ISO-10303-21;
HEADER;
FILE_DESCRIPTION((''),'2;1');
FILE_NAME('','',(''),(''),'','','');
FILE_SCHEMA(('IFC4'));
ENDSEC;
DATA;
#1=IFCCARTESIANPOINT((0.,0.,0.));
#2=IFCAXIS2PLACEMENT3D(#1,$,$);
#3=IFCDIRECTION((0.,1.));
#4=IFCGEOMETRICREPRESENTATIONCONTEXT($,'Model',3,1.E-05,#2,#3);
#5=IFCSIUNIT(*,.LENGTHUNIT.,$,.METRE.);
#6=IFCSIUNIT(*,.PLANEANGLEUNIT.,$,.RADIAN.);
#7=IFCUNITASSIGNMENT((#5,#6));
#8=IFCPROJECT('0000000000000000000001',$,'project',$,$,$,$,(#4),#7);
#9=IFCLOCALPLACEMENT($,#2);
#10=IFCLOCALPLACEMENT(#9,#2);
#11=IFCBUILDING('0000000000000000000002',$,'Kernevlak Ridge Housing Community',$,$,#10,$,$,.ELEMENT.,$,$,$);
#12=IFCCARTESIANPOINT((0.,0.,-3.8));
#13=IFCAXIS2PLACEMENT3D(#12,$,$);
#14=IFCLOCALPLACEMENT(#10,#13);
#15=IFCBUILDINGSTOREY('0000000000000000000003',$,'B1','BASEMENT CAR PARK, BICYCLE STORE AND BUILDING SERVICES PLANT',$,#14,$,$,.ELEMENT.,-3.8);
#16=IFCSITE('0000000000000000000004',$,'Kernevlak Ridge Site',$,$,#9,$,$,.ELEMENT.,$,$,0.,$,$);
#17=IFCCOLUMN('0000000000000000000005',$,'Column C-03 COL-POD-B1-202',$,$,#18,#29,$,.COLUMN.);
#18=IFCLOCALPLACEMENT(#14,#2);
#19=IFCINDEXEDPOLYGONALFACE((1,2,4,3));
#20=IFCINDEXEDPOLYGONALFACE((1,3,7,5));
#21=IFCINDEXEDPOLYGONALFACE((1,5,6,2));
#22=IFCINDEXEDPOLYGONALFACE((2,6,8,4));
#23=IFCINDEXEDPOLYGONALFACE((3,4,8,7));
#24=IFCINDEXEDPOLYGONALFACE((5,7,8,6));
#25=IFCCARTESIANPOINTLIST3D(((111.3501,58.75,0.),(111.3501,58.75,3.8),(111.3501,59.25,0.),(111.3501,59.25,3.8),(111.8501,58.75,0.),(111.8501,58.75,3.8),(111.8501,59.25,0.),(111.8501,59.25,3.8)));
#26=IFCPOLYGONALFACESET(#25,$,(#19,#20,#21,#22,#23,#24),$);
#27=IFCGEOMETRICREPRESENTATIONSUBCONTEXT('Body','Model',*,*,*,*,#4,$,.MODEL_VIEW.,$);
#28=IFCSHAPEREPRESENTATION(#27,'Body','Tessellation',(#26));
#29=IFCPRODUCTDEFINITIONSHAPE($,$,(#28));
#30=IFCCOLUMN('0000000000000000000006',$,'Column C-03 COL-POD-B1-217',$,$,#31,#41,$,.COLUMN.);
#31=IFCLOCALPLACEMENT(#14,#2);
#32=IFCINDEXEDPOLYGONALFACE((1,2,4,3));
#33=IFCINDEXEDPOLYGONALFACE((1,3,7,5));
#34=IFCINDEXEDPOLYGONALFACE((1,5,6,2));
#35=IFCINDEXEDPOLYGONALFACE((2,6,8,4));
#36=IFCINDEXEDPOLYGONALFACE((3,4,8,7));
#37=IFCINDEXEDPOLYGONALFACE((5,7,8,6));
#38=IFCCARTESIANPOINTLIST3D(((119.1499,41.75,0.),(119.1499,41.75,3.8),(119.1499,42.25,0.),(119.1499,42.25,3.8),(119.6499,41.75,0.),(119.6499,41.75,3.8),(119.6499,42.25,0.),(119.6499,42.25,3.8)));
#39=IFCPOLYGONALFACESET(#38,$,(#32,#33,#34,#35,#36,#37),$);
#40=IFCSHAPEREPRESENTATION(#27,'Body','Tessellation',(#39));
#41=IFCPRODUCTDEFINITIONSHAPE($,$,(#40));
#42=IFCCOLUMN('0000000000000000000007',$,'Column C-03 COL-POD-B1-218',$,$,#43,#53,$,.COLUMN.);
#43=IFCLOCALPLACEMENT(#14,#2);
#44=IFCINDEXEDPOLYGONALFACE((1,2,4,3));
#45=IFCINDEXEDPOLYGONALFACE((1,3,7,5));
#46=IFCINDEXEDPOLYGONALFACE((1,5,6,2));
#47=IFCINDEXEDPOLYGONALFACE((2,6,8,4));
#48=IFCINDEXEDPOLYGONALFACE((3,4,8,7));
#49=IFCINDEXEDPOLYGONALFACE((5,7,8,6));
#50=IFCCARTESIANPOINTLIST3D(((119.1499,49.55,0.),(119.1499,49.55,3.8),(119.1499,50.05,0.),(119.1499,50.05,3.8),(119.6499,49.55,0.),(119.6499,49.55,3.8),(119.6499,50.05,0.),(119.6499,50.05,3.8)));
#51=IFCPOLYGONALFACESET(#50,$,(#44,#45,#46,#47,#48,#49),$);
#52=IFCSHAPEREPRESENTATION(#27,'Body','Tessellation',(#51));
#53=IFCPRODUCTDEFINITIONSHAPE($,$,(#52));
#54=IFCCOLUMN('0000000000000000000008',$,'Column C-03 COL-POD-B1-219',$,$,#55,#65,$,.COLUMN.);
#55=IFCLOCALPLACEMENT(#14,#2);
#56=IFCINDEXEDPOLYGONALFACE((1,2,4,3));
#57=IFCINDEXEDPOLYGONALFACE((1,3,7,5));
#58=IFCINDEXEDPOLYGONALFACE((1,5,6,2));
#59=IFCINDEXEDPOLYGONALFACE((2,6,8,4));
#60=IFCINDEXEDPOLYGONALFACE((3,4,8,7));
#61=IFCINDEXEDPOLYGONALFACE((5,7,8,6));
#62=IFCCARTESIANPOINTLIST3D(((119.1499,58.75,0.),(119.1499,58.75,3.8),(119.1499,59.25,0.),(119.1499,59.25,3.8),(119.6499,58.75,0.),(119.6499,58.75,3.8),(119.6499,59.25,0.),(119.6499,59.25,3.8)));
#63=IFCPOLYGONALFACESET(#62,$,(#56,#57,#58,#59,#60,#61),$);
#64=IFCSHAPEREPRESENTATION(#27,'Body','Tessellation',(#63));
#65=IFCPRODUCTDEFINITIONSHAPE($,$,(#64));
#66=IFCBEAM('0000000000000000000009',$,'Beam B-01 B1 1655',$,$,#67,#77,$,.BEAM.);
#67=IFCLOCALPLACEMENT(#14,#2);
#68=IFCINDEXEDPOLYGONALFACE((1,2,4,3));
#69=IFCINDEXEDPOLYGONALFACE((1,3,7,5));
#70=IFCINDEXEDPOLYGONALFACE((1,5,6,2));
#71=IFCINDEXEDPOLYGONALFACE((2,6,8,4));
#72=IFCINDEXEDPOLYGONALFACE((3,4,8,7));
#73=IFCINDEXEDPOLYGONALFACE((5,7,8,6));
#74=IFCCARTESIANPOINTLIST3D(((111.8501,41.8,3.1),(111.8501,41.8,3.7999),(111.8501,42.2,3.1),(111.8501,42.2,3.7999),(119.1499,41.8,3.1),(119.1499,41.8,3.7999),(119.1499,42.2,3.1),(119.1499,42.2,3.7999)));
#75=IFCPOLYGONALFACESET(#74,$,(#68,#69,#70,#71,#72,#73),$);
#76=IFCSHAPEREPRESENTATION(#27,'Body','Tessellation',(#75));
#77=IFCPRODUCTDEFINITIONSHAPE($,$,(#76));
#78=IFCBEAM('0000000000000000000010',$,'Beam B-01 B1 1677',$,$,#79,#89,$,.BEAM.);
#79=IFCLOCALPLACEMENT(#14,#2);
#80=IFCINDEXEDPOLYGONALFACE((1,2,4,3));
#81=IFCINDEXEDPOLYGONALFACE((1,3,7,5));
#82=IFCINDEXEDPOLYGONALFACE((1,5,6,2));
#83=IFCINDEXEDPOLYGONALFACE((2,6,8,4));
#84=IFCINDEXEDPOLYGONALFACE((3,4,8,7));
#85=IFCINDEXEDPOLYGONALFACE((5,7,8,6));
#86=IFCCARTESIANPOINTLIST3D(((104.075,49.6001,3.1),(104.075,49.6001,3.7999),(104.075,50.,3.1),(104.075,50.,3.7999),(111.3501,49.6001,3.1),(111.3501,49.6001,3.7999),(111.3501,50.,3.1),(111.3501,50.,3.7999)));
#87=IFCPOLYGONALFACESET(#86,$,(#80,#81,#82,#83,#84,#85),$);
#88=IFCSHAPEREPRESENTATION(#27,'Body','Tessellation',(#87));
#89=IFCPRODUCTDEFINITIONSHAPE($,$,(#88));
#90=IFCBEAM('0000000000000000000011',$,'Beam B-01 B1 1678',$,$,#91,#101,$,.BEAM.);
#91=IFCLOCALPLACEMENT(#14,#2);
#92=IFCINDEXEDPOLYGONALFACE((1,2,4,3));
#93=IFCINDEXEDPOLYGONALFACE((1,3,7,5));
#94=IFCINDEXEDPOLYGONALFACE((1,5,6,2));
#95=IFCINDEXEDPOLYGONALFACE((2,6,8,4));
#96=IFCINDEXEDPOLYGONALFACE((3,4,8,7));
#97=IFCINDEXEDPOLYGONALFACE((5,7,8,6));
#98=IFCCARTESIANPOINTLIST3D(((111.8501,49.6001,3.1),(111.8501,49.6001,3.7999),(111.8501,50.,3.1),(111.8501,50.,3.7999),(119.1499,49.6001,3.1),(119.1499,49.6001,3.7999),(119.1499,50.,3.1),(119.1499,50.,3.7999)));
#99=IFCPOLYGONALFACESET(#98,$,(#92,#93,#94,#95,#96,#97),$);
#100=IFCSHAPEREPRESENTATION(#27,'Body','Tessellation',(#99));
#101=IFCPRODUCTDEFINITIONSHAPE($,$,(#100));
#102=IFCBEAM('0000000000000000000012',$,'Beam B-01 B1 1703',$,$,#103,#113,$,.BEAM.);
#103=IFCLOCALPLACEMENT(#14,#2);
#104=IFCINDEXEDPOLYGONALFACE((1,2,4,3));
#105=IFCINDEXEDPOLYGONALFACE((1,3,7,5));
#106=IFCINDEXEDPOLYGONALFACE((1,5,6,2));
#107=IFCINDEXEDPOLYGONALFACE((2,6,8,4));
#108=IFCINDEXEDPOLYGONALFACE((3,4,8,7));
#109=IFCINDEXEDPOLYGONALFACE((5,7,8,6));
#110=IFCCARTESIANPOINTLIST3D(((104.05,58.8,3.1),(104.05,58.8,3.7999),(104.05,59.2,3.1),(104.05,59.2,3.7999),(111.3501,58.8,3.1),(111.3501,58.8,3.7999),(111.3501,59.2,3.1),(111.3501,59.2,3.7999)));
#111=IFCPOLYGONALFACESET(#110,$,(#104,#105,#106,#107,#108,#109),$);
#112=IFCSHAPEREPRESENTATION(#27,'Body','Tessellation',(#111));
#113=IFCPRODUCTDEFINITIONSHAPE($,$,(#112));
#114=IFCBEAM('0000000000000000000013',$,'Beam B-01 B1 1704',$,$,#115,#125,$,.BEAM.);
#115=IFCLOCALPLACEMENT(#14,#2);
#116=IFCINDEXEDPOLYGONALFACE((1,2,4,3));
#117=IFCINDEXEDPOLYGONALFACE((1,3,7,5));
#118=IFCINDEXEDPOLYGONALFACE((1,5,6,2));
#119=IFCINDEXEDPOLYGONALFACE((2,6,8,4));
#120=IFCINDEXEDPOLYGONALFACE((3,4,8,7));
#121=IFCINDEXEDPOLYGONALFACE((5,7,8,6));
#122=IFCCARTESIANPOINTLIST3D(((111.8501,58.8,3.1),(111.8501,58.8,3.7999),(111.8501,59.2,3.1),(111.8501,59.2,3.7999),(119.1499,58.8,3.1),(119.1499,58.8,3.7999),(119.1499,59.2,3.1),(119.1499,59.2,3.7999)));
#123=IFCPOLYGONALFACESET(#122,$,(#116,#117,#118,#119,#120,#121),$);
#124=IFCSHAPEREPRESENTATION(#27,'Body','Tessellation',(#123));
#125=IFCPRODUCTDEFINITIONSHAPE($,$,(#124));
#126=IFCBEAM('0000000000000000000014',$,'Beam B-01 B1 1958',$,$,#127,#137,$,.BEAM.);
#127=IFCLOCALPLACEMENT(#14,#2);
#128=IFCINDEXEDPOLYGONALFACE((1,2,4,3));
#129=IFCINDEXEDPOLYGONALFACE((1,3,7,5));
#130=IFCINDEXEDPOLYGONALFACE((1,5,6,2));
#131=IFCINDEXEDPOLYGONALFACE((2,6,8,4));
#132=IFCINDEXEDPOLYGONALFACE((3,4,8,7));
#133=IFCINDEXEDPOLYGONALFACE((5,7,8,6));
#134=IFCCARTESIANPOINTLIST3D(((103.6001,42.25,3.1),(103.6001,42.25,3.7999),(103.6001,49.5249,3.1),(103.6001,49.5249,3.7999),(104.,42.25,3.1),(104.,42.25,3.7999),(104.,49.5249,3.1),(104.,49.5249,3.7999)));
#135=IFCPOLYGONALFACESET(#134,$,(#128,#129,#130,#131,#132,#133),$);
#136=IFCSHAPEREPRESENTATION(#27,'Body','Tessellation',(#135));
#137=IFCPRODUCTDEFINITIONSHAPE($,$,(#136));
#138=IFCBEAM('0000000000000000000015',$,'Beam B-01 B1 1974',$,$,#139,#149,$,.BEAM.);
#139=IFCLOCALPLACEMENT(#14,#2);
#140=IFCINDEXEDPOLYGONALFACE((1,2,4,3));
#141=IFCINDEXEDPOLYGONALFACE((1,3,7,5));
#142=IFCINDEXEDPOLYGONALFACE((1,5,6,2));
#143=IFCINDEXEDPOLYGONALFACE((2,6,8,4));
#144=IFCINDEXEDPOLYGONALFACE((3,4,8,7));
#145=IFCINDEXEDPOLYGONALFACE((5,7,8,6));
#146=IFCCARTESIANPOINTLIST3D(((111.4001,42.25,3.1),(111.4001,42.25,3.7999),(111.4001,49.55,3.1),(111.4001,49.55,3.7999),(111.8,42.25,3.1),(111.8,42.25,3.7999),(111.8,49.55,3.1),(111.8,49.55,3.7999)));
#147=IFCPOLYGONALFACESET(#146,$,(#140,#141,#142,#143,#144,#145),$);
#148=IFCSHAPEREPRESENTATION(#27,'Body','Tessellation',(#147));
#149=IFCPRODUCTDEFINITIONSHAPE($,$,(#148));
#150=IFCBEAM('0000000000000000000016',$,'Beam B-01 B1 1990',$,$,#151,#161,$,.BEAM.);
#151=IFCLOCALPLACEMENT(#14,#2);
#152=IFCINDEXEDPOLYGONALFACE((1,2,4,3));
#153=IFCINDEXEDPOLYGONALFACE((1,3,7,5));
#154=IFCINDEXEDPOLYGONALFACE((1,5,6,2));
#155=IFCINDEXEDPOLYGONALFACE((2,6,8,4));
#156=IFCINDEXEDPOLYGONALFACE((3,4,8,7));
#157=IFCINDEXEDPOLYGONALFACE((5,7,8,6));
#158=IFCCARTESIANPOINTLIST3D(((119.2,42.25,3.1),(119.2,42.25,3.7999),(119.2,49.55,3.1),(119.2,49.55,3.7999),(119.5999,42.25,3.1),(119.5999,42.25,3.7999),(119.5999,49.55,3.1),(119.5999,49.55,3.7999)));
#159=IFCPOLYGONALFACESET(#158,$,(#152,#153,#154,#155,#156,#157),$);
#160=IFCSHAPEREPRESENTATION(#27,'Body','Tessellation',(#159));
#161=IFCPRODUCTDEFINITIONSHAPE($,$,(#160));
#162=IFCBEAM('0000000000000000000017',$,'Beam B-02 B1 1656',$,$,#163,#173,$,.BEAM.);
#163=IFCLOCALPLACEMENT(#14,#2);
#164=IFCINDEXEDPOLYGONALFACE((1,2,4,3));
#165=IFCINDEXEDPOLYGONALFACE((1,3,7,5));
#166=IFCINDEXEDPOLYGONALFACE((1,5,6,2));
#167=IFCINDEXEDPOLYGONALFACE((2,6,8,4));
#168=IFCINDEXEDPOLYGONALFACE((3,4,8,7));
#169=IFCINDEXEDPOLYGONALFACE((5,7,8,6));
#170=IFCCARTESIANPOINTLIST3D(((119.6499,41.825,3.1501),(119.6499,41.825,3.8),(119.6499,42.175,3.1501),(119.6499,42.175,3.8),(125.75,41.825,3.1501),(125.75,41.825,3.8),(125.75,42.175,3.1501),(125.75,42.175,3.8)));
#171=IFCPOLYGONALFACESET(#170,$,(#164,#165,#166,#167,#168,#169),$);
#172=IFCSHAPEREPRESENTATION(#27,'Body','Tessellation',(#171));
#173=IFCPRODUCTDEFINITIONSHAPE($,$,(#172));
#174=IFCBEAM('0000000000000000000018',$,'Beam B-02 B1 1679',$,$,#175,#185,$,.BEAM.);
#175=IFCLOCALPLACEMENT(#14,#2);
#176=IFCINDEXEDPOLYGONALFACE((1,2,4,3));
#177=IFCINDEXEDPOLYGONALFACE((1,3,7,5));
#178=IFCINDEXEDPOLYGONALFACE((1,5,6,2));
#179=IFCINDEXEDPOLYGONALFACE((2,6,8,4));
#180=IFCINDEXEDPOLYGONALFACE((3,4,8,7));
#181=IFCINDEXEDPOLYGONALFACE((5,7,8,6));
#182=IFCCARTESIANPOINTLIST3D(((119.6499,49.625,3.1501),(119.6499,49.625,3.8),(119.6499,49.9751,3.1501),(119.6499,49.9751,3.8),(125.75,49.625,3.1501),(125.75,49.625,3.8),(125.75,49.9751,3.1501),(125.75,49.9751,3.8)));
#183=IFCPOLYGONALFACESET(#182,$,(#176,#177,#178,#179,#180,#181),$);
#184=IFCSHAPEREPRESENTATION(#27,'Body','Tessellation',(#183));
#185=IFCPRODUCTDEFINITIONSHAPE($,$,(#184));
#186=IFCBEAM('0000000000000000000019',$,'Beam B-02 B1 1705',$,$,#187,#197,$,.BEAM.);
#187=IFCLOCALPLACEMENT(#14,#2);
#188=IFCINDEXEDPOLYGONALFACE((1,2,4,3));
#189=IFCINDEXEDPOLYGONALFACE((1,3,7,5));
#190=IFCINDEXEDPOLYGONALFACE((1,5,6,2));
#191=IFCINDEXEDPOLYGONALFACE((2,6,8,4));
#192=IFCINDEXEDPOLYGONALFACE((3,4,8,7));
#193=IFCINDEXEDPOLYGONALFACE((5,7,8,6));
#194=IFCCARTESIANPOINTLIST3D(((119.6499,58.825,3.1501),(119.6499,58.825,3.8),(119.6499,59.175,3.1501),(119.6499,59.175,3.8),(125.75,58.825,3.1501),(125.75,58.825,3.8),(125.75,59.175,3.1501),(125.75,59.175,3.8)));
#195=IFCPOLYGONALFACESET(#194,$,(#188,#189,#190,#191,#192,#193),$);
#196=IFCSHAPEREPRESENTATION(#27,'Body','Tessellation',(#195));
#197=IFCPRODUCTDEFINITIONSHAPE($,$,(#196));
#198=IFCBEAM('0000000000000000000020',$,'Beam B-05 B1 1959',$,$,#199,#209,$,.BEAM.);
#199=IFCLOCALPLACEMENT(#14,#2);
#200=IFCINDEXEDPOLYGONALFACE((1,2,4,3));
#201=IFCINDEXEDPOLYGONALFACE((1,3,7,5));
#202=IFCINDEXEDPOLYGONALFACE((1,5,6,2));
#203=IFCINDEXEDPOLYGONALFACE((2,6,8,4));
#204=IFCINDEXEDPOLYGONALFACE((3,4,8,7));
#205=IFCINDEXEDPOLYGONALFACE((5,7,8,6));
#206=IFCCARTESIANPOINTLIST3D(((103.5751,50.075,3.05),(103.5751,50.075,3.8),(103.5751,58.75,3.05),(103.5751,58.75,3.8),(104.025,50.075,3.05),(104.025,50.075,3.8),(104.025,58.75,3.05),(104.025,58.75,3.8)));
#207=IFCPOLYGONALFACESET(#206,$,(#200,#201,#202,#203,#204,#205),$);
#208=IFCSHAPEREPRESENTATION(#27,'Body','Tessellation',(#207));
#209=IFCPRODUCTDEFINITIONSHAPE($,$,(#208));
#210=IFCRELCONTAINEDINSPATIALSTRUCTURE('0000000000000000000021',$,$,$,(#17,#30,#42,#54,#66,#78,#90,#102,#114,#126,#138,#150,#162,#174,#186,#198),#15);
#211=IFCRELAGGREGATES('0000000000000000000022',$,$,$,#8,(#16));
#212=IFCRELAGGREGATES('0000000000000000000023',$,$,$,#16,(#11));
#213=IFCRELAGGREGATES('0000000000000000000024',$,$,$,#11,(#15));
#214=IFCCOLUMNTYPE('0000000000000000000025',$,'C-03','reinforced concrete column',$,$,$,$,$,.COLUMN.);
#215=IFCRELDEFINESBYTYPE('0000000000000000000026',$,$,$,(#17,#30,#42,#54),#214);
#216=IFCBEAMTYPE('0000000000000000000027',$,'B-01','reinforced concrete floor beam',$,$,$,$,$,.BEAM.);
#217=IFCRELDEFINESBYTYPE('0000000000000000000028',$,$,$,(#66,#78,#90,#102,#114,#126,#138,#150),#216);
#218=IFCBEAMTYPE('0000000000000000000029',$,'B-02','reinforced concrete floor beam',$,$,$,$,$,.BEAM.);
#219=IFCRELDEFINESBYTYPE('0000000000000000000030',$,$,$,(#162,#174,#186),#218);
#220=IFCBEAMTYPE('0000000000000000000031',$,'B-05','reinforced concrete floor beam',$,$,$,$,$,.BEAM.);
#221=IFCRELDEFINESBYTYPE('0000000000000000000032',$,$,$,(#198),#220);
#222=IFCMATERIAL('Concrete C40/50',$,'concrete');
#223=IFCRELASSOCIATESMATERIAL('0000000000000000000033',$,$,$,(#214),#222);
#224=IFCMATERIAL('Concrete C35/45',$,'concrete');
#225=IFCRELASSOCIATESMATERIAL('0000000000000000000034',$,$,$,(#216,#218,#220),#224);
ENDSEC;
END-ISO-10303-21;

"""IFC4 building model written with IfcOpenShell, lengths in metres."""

from ifc_helpers import new_model, si_unit, direction, frame, origin, origin_2d, place, context, subcontext, project, spatial, rectangle, extrude, material, material_profile, profile_set, type_object, element, save


model = new_model("IFC4")

# Units and contexts
model_context = context("Model", 3, precision=1e-05, world=origin(), true_north=direction((0.0, 1.0)))
body_context = subcontext(model_context, "Body", "Model", "MODEL_VIEW")
ifc_project = project(units=[si_unit("LENGTHUNIT", "METRE"), si_unit("PLANEANGLEUNIT", "RADIAN")], contexts=[model_context])

# Site, building, storey
site_placement = place(None, origin())
site = spatial("IfcSite", under=ifc_project, at=site_placement, Name="Kernevlak Ridge Site", CompositionType="ELEMENT", RefElevation=0.0)
building_placement = place(site_placement, origin())
building = spatial("IfcBuilding", under=site, at=building_placement, Name="Kernevlak Ridge Housing Community", CompositionType="ELEMENT")
storey_placement = place(building_placement, frame((0.0, 0.0, -3.8)))
storey = spatial("IfcBuildingStorey", under=building, at=storey_placement, Name="B1", Description="BASEMENT CAR PARK, BICYCLE STORE AND BUILDING SERVICES PLANT", CompositionType="ELEMENT", Elevation=-3.8)

# Shared definitions
ifc_material_1 = material(Name="Concrete C35/45", Category="concrete")

# Columns
ifc_material_2 = material(Name="Concrete C40/50", Category="concrete")
ifc_material_profile_1 = material_profile(ifc_material_2, rectangle(XDim=0.5, YDim=0.5, at=origin_2d()), Name="RC 500x500")
ifc_profile_set_1 = profile_set([ifc_material_profile_1], Name="Concrete C40/50")
column_type_1 = type_object("IfcColumnType", Name="C-03", Description="reinforced concrete column", PredefinedType="COLUMN", material=ifc_profile_set_1)
for number, where, z_axis, x_axis, name in (
    (1, (111.6001, 59.0, 0.0), (0.0, 0.0, 1.0), (1.0, 0.0, 0.0), "Column C-03 COL-POD-B1-202"),
    (2, (119.3999, 42.0, 0.0), (0.0, 0.0, 1.0), (1.0, 0.0, 0.0), "Column C-03 COL-POD-B1-217"),
    (3, (119.3999, 49.8, 0.0), (0.0, 0.0, 1.0), (1.0, 0.0, 0.0), "Column C-03 COL-POD-B1-218"),
    (4, (119.3999, 59.0, 0.0), (0.0, 0.0, 1.0), (1.0, 0.0, 0.0), "Column C-03 COL-POD-B1-219"),
):
    element("IfcColumn", number, at=place(storey_placement, frame(where, z_axis=z_axis, x_axis=x_axis)), inside=storey, type_object=column_type_1, Name=name, PredefinedType="COLUMN", context=body_context, shape_type="SweptSolid", body=[
        extrude(rectangle(XDim=0.5, YDim=0.5, at=origin_2d()), origin(), (0.0, 0.0, 1.0), 3.8),
    ])

# Beams
ifc_material_profile_2 = material_profile(ifc_material_1, rectangle(XDim=0.3999, YDim=0.7, at=origin_2d()), Name="RC 400x700")
ifc_profile_set_2 = profile_set([ifc_material_profile_2], Name="Concrete C35/45")
beam_type_1 = type_object("IfcBeamType", Name="B-01", Description="reinforced concrete floor beam", PredefinedType="BEAM", material=ifc_profile_set_2)
beam_1_placement = place(storey_placement, frame((111.8501, 42.0, 3.45), z_axis=(1.0, 0.0, 0.0), x_axis=(0.0, 1.0, 0.0)))
element("IfcBeam", 5, at=beam_1_placement, inside=storey, type_object=beam_type_1, Name="Beam B-01 B1 1655", PredefinedType="BEAM", context=body_context, shape_type="SweptSolid", body=[
    extrude(rectangle(XDim=0.3999, YDim=0.7, at=origin_2d()), origin(), (0.0, 0.0, 1.0), 7.2998),
])
beam_2_placement = place(storey_placement, frame((104.075, 49.8, 3.45), z_axis=(1.0, 0.0, 0.0), x_axis=(0.0, 1.0, 0.0)))
element("IfcBeam", 6, at=beam_2_placement, inside=storey, type_object=beam_type_1, Name="Beam B-01 B1 1677", PredefinedType="BEAM", context=body_context, shape_type="SweptSolid", body=[
    extrude(rectangle(XDim=0.3999, YDim=0.7, at=origin_2d()), origin(), (0.0, 0.0, 1.0), 7.2751),
])
beam_3_placement = place(storey_placement, frame((111.8501, 49.8, 3.45), z_axis=(1.0, 0.0, 0.0), x_axis=(0.0, 1.0, 0.0)))
element("IfcBeam", 7, at=beam_3_placement, inside=storey, type_object=beam_type_1, Name="Beam B-01 B1 1678", PredefinedType="BEAM", context=body_context, shape_type="SweptSolid", body=[
    extrude(rectangle(XDim=0.3999, YDim=0.7, at=origin_2d()), origin(), (0.0, 0.0, 1.0), 7.2998),
])
beam_4_placement = place(storey_placement, frame((104.05, 59.0, 3.45), z_axis=(1.0, 0.0, 0.0), x_axis=(0.0, 1.0, 0.0)))
element("IfcBeam", 8, at=beam_4_placement, inside=storey, type_object=beam_type_1, Name="Beam B-01 B1 1703", PredefinedType="BEAM", context=body_context, shape_type="SweptSolid", body=[
    extrude(rectangle(XDim=0.3999, YDim=0.7, at=origin_2d()), origin(), (0.0, 0.0, 1.0), 7.3),
])
beam_5_placement = place(storey_placement, frame((111.8501, 59.0, 3.45), z_axis=(1.0, 0.0, 0.0), x_axis=(0.0, 1.0, 0.0)))
element("IfcBeam", 9, at=beam_5_placement, inside=storey, type_object=beam_type_1, Name="Beam B-01 B1 1704", PredefinedType="BEAM", context=body_context, shape_type="SweptSolid", body=[
    extrude(rectangle(XDim=0.3999, YDim=0.7, at=origin_2d()), origin(), (0.0, 0.0, 1.0), 7.2998),
])
beam_6_placement = place(storey_placement, frame((103.8, 42.25, 3.45), z_axis=(0.0, 1.0, 0.0), x_axis=(-1.0, 0.0, 0.0)))
element("IfcBeam", 10, at=beam_6_placement, inside=storey, type_object=beam_type_1, Name="Beam B-01 B1 1958", PredefinedType="BEAM", context=body_context, shape_type="SweptSolid", body=[
    extrude(rectangle(XDim=0.3999, YDim=0.7, at=origin_2d()), origin(), (0.0, 0.0, 1.0), 7.2749),
])
for number, where, z_axis, x_axis, name in (
    (11, (111.6001, 42.25, 3.45), (0.0, 1.0, 0.0), (-1.0, 0.0, 0.0), "Beam B-01 B1 1974"),
    (12, (119.3999, 42.25, 3.45), (0.0, 1.0, 0.0), (-1.0, 0.0, 0.0), "Beam B-01 B1 1990"),
):
    element("IfcBeam", number, at=place(storey_placement, frame(where, z_axis=z_axis, x_axis=x_axis)), inside=storey, type_object=beam_type_1, Name=name, PredefinedType="BEAM", context=body_context, shape_type="SweptSolid", body=[
        extrude(rectangle(XDim=0.3999, YDim=0.7, at=origin_2d()), origin(), (0.0, 0.0, 1.0), 7.3),
    ])
ifc_material_profile_3 = material_profile(ifc_material_1, rectangle(XDim=0.3501, YDim=0.6499, at=origin_2d()), Name="RC 350x650")
ifc_profile_set_3 = profile_set([ifc_material_profile_3], Name="Concrete C35/45")
beam_type_2 = type_object("IfcBeamType", Name="B-02", Description="reinforced concrete floor beam", PredefinedType="BEAM", material=ifc_profile_set_3)
for number, where, z_axis, x_axis, name in (
    (13, (119.6499, 42.0, 3.4751), (1.0, 0.0, 0.0), (0.0, 1.0, 0.0), "Beam B-02 B1 1656"),
    (14, (119.6499, 49.8, 3.4751), (1.0, 0.0, 0.0), (0.0, 1.0, 0.0), "Beam B-02 B1 1679"),
    (15, (119.6499, 59.0, 3.4751), (1.0, 0.0, 0.0), (0.0, 1.0, 0.0), "Beam B-02 B1 1705"),
):
    element("IfcBeam", number, at=place(storey_placement, frame(where, z_axis=z_axis, x_axis=x_axis)), inside=storey, type_object=beam_type_2, Name=name, PredefinedType="BEAM", context=body_context, shape_type="SweptSolid", body=[
        extrude(rectangle(XDim=0.3501, YDim=0.6499, at=origin_2d()), origin(), (0.0, 0.0, 1.0), 6.1001),
    ])
ifc_material_profile_4 = material_profile(ifc_material_1, rectangle(XDim=0.45, YDim=0.75, at=origin_2d()), Name="RC 450x750")
ifc_profile_set_4 = profile_set([ifc_material_profile_4], Name="Concrete C35/45")
beam_type_3 = type_object("IfcBeamType", Name="B-05", Description="reinforced concrete floor beam", PredefinedType="BEAM", material=ifc_profile_set_4)
beam_7_placement = place(storey_placement, frame((103.8, 50.075, 3.425), z_axis=(0.0, 1.0, 0.0), x_axis=(-1.0, 0.0, 0.0)))
element("IfcBeam", 16, at=beam_7_placement, inside=storey, type_object=beam_type_3, Name="Beam B-05 B1 1959", PredefinedType="BEAM", context=body_context, shape_type="SweptSolid", body=[
    extrude(rectangle(XDim=0.45, YDim=0.75, at=origin_2d()), origin(), (0.0, 0.0, 1.0), 8.675),
])

save(model, "model.ifc")
